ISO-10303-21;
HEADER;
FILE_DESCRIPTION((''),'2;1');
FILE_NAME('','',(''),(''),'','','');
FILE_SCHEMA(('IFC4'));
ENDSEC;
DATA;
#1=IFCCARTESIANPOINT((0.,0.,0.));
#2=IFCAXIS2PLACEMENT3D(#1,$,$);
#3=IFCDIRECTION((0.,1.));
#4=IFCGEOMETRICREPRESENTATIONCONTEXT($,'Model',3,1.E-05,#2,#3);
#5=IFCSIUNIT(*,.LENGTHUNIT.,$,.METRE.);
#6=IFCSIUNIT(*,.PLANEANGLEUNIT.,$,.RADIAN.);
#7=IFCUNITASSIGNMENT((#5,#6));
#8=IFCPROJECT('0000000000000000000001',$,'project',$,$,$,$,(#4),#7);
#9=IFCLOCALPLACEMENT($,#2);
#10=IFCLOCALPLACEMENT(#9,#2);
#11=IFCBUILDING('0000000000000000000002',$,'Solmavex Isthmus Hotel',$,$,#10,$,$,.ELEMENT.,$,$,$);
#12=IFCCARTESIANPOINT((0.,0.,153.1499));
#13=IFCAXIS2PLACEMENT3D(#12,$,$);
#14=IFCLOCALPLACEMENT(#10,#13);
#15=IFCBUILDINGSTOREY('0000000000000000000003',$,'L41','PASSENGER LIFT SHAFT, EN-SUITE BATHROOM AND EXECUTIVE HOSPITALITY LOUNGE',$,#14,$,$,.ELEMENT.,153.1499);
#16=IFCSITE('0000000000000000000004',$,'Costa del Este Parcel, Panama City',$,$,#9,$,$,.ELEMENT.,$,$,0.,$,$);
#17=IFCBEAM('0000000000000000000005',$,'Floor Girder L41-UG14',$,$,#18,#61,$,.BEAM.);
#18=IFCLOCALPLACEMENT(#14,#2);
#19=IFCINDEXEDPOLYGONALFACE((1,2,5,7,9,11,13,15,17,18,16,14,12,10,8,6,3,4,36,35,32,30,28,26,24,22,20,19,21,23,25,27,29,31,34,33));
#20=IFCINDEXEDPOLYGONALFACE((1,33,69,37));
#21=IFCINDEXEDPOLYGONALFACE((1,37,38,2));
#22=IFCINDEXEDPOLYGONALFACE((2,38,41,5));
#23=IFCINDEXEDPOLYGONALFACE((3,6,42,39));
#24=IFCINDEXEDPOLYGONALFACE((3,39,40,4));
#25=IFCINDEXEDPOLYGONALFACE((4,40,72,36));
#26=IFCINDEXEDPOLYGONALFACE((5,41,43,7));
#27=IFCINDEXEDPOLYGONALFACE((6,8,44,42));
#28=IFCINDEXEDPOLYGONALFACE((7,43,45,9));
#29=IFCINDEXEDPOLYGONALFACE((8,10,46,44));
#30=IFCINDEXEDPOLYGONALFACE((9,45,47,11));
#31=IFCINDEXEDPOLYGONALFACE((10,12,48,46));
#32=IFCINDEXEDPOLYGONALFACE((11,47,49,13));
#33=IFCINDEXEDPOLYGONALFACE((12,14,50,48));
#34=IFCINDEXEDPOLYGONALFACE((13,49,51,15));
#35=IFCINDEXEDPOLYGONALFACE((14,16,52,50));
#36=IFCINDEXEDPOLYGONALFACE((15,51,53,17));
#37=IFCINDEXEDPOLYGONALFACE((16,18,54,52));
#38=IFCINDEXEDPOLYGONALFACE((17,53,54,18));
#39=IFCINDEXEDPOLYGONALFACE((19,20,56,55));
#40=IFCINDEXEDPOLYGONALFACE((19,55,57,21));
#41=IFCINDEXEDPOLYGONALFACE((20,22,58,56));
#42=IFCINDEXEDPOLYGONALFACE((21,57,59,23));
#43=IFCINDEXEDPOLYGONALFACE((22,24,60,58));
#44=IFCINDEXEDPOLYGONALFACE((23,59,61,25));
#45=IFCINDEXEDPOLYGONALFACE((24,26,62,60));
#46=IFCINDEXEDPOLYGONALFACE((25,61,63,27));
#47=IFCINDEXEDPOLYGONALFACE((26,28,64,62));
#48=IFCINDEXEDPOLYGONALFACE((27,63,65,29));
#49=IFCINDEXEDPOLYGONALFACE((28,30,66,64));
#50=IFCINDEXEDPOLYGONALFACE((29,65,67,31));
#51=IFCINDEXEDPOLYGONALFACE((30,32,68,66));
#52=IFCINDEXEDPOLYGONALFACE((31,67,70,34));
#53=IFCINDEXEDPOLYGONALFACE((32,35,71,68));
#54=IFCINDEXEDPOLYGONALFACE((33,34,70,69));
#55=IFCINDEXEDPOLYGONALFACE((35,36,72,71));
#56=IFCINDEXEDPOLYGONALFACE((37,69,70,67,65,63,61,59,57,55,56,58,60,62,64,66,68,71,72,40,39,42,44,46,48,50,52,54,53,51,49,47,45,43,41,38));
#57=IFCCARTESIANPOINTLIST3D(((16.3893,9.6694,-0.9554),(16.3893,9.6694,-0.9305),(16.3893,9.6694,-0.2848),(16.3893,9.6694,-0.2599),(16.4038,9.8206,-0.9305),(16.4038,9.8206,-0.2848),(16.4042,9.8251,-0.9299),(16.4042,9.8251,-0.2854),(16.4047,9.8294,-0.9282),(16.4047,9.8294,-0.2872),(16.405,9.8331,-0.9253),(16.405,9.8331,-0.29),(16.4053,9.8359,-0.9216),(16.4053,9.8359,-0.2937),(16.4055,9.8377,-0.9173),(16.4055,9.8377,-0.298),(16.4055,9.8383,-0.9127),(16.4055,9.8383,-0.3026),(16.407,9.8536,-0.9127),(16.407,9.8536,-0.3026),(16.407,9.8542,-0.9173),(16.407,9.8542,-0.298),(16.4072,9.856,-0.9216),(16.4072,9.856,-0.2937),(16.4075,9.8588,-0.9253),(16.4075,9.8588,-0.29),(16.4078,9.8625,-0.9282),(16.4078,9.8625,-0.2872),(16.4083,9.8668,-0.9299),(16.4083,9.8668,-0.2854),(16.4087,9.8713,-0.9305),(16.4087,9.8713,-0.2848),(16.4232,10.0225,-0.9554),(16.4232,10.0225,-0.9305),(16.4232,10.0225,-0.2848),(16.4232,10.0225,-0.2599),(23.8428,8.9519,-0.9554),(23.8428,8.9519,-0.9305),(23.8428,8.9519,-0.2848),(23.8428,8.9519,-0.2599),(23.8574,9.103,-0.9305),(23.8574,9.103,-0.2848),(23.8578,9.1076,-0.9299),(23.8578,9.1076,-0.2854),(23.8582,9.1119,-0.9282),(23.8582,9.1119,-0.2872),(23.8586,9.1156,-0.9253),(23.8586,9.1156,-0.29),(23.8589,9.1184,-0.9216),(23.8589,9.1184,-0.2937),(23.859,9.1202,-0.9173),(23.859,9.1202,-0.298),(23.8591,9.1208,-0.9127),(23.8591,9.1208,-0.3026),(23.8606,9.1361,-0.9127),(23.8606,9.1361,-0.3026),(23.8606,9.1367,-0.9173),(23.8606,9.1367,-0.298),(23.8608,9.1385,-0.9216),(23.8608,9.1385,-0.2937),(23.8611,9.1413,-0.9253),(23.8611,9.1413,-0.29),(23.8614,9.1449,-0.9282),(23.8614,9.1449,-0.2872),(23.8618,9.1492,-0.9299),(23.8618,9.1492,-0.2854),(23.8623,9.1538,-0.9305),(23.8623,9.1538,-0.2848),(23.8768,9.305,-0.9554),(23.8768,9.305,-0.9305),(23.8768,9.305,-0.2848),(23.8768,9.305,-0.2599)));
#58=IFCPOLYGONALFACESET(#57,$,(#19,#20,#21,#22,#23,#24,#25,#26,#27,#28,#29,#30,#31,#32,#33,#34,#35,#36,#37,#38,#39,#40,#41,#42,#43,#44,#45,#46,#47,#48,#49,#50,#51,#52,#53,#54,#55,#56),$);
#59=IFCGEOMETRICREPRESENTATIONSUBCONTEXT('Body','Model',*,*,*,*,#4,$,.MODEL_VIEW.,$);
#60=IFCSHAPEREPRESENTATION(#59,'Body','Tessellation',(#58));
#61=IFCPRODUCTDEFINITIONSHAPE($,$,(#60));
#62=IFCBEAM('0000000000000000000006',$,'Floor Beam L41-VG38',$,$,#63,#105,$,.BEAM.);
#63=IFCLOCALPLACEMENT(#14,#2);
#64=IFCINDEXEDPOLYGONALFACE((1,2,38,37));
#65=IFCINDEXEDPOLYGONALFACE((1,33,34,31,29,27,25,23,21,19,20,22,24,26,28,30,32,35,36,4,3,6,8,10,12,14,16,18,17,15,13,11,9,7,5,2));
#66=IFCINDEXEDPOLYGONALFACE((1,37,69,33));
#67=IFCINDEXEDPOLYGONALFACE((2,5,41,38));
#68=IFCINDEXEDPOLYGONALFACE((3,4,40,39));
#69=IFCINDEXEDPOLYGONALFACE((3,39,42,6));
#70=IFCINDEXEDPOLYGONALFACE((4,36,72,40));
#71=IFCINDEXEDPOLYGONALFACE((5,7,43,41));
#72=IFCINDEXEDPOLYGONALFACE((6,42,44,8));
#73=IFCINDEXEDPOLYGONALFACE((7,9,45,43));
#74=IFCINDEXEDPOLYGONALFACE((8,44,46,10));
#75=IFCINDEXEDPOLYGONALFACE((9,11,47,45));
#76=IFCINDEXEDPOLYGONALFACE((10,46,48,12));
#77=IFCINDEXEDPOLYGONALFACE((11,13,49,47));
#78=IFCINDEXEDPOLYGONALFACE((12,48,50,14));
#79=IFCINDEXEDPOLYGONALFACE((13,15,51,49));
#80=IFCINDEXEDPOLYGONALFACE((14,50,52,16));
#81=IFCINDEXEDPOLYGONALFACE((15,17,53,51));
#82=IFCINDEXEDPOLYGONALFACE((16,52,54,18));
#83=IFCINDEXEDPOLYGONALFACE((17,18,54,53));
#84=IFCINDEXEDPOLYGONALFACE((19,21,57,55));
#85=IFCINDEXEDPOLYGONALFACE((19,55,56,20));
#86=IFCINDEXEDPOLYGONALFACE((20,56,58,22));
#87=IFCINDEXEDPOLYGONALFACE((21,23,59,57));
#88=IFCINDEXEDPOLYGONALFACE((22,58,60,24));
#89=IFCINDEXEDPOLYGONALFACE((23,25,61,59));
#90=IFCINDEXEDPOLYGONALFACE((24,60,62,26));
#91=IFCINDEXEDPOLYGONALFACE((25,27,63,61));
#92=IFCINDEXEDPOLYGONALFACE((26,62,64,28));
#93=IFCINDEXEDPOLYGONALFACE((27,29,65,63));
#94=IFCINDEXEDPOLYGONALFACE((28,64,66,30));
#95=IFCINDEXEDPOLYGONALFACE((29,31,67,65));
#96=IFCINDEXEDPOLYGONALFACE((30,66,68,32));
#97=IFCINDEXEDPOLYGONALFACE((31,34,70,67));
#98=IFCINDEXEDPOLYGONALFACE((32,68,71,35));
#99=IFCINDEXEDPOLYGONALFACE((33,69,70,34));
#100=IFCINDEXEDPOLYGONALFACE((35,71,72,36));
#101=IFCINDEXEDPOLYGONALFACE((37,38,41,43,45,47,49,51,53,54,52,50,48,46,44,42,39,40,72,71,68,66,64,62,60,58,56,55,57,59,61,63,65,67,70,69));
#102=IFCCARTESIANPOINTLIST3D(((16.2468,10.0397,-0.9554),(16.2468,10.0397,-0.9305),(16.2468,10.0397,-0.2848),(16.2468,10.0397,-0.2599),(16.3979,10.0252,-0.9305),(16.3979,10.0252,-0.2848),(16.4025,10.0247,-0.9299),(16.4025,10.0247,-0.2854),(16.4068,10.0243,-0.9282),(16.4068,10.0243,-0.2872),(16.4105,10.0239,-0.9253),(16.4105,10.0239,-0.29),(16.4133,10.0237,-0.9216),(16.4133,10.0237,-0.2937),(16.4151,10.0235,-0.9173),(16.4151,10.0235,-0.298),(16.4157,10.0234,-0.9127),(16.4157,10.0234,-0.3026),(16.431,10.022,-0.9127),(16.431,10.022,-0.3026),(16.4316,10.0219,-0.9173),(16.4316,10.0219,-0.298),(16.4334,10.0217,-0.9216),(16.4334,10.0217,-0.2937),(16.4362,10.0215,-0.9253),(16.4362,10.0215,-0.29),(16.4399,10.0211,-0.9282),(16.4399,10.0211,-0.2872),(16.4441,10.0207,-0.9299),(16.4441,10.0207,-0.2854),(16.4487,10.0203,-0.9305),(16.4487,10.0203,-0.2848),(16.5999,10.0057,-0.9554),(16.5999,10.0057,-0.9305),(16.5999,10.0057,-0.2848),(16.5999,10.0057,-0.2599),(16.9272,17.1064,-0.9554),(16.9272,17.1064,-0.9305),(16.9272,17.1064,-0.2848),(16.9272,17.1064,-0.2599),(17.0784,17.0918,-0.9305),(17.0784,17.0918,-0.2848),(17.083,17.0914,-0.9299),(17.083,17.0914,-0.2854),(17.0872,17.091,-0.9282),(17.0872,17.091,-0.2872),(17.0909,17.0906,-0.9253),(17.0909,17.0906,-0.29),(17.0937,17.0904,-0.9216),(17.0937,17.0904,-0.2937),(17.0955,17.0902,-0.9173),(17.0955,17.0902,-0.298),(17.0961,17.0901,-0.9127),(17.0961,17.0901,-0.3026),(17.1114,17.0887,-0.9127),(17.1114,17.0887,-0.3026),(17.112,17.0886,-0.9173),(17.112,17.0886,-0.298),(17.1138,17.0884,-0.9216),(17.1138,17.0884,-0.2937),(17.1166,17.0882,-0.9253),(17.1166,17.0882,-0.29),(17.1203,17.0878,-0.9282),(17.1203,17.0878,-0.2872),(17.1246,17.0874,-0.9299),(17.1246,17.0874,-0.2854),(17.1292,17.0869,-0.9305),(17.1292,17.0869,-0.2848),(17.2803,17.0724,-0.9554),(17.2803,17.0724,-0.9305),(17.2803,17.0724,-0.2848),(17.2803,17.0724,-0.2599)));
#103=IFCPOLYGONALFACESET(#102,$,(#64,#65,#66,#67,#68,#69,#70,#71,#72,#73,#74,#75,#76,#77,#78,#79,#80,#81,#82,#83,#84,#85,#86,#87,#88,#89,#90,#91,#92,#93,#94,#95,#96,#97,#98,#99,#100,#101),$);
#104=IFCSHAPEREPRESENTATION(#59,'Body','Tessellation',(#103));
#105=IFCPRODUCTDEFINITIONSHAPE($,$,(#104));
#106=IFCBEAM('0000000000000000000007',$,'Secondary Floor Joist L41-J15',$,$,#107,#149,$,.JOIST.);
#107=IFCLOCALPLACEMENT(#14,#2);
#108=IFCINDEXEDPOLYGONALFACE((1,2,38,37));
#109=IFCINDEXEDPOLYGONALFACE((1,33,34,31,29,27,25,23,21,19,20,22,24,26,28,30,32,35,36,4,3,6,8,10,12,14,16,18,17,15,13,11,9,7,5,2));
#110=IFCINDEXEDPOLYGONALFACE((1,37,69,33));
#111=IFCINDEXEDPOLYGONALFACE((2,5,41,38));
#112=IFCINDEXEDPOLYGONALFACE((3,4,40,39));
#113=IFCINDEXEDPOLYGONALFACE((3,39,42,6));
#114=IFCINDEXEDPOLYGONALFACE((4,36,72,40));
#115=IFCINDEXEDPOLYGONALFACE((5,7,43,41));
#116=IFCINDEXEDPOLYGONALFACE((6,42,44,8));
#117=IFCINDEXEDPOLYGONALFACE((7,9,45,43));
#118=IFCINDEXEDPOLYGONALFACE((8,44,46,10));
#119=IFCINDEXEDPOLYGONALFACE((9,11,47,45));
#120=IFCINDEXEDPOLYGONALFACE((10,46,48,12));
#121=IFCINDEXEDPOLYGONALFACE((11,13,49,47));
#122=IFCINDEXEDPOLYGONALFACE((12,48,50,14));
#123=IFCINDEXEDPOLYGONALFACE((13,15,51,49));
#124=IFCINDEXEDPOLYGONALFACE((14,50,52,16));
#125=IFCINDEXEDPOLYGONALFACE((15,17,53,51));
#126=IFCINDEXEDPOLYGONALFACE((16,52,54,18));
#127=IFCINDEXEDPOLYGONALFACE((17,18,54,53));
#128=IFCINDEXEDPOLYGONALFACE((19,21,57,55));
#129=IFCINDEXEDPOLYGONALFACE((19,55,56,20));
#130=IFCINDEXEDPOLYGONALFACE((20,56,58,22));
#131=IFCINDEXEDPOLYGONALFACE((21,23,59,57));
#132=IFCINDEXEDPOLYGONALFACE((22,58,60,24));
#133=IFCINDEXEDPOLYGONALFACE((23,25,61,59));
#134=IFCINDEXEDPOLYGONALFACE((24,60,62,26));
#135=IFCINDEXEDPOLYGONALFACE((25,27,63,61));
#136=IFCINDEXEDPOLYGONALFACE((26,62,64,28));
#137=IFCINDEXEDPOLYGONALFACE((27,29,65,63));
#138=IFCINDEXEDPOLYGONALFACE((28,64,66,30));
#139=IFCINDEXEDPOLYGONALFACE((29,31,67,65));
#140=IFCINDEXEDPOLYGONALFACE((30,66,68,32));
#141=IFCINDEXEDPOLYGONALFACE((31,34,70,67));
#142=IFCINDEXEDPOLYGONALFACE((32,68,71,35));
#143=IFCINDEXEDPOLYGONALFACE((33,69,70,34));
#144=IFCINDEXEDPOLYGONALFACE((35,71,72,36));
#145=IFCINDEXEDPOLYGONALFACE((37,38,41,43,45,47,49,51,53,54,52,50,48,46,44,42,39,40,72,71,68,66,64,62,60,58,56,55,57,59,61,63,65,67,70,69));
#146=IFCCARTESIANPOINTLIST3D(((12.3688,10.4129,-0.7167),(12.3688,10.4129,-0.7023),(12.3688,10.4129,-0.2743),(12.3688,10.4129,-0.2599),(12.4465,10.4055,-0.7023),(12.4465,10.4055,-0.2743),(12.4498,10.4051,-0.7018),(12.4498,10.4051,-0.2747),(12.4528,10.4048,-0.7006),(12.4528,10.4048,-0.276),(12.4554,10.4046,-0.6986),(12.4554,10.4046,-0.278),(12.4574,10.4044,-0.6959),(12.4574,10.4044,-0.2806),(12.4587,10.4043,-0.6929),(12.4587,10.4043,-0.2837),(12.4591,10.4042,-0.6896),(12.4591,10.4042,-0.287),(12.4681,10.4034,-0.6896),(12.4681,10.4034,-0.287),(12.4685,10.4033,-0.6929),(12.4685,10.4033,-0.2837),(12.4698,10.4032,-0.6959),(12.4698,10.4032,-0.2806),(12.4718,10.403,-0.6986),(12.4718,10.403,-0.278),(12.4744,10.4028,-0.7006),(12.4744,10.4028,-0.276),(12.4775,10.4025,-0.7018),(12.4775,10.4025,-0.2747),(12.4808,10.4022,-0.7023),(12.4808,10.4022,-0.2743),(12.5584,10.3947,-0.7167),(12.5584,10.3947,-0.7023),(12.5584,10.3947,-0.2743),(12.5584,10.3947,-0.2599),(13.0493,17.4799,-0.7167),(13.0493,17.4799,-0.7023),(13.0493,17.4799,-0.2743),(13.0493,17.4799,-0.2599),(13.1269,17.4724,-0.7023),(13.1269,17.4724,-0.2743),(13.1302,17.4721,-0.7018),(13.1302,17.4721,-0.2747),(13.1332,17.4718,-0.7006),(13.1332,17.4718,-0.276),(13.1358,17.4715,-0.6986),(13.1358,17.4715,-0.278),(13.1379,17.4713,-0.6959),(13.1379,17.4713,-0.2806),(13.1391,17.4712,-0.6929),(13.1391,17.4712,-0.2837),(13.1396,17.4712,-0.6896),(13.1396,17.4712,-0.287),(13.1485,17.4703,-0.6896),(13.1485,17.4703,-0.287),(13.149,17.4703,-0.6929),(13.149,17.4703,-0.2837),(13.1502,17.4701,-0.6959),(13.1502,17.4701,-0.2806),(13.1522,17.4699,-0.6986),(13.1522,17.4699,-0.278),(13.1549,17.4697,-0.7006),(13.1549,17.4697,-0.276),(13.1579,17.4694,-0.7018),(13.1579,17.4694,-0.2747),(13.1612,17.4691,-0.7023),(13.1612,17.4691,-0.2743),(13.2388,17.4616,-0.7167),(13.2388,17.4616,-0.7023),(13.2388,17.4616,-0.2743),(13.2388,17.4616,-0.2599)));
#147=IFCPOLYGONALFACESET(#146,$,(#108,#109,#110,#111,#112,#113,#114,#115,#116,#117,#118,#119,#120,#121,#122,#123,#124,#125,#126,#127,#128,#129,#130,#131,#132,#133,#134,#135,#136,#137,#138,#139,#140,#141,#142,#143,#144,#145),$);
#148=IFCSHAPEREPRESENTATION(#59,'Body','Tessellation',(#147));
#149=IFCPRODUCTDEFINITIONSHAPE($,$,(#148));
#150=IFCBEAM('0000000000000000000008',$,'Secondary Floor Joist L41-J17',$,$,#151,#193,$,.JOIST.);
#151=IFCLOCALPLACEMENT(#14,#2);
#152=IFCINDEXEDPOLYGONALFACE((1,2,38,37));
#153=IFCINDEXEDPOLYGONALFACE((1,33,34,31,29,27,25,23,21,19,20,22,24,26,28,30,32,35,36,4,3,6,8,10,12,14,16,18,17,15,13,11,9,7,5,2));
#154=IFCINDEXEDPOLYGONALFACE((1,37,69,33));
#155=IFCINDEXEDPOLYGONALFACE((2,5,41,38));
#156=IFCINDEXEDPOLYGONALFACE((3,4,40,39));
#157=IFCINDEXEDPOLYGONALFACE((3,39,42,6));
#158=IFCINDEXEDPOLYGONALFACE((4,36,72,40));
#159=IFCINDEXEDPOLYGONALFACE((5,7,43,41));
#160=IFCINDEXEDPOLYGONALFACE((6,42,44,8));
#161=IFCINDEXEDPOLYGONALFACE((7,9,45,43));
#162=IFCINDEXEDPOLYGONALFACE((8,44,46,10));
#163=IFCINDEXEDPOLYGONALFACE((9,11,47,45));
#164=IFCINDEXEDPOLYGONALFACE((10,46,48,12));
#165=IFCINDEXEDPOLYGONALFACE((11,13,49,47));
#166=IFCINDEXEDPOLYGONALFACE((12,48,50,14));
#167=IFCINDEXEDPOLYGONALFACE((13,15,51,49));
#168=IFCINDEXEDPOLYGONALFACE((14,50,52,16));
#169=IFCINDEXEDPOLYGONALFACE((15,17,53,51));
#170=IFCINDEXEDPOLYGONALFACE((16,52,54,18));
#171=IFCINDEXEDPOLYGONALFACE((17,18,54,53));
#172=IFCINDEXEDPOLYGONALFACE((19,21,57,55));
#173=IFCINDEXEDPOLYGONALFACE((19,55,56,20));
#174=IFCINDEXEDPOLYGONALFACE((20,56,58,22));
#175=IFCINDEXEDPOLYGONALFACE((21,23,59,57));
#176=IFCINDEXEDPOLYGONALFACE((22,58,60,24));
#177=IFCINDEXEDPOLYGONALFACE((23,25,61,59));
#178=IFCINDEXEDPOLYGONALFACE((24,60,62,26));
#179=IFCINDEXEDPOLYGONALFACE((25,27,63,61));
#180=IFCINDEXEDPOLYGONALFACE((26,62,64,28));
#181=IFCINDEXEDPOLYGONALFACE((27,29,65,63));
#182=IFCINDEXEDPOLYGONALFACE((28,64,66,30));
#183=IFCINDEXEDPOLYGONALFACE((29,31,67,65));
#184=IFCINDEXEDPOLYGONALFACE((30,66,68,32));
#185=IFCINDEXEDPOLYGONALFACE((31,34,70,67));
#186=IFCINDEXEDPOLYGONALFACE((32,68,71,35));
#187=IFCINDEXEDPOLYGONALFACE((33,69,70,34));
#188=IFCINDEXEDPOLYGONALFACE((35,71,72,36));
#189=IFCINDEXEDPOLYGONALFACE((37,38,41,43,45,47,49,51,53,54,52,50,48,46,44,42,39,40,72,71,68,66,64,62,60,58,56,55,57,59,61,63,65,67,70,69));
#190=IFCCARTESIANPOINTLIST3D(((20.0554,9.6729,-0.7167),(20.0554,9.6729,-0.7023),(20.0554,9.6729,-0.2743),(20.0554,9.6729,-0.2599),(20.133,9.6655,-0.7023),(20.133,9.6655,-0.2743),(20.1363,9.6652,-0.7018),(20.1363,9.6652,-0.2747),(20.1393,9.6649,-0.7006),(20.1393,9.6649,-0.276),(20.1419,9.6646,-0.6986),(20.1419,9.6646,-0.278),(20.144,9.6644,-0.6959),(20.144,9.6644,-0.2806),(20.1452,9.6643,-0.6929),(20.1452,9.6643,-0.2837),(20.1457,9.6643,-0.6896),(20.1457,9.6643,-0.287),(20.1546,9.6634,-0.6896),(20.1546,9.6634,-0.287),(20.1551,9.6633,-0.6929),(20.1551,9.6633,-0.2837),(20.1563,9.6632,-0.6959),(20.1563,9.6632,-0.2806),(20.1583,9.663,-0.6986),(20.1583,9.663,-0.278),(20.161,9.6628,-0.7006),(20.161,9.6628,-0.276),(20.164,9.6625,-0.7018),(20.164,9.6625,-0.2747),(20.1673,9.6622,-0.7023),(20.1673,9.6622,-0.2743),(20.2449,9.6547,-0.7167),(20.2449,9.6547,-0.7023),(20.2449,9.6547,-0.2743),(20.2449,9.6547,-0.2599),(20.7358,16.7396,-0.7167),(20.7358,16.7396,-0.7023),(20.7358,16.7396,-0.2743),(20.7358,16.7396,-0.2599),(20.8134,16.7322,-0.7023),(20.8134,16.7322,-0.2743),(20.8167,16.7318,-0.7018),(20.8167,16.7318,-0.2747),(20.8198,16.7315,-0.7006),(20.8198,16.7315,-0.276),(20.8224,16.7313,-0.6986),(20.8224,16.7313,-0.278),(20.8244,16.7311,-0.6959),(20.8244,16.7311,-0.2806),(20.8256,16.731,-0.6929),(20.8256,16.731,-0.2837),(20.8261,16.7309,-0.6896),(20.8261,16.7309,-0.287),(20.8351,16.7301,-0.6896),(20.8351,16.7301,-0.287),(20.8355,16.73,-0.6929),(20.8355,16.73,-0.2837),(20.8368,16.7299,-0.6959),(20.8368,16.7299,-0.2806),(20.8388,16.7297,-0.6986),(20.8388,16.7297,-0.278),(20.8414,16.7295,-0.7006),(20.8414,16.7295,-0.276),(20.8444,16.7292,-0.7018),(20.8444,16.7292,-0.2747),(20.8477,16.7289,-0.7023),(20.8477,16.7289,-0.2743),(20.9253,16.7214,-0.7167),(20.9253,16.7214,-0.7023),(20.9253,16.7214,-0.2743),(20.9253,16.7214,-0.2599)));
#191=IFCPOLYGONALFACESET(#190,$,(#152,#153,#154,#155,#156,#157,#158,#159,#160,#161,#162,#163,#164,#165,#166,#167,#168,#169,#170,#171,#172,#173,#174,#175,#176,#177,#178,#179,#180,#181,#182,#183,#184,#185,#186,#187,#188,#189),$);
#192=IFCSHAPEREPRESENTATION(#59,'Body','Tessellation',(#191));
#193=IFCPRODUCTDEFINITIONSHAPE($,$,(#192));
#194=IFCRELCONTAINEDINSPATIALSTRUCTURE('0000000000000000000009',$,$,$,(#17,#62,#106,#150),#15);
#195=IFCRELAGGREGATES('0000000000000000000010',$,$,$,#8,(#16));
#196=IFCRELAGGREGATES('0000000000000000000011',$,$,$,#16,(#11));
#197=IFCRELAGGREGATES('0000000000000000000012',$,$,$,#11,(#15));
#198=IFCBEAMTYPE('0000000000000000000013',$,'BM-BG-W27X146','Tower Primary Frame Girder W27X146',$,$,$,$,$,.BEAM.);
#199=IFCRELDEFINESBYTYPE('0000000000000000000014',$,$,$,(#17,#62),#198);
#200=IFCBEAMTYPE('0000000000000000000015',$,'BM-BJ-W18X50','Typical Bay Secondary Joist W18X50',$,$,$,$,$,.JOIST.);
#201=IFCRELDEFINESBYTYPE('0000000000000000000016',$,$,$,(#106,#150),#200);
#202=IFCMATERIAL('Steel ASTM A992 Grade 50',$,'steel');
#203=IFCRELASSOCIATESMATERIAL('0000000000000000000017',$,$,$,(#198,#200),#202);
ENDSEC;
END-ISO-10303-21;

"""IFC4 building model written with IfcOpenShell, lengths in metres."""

from ifc_helpers import new_model, si_unit, direction, frame, origin, origin_2d, place, context, subcontext, project, spatial, i_section, extrude, material, material_profile, profile_set, type_object, element, save


model = new_model("IFC4")

# Units and contexts
model_context = context("Model", 3, precision=1e-05, world=origin(), true_north=direction((0.0, 1.0)))
body_context = subcontext(model_context, "Body", "Model", "MODEL_VIEW")
ifc_project = project(units=[si_unit("LENGTHUNIT", "METRE"), si_unit("PLANEANGLEUNIT", "RADIAN")], contexts=[model_context])

# Site, building, storey
site_placement = place(None, origin())
site = spatial("IfcSite", under=ifc_project, at=site_placement, Name="Costa del Este Parcel, Panama City", CompositionType="ELEMENT", RefElevation=0.0)
building_placement = place(site_placement, origin())
building = spatial("IfcBuilding", under=site, at=building_placement, Name="Solmavex Isthmus Hotel", CompositionType="ELEMENT")
storey_placement = place(building_placement, frame((0.0, 0.0, 153.1499)))
storey = spatial("IfcBuildingStorey", under=building, at=storey_placement, Name="L41", Description="PASSENGER LIFT SHAFT, EN-SUITE BATHROOM AND EXECUTIVE HOSPITALITY LOUNGE", CompositionType="ELEMENT", Elevation=153.1499)

# Beams
ifc_material_1 = material(Name="Steel ASTM A992 Grade 50", Category="steel")
ifc_material_profile_1 = material_profile(ifc_material_1, i_section(OverallWidth=0.3547, OverallDepth=0.6956, WebThickness=0.0154, FlangeThickness=0.0249, FilletRadius=0.0178, at=origin_2d()), Name="W27X146")
ifc_profile_set_1 = profile_set([ifc_material_profile_1], Name="Steel ASTM A992 Grade 50")
beam_type_1 = type_object("IfcBeamType", Name="BM-BG-W27X146", Description="Tower Primary Frame Girder W27X146", PredefinedType="BEAM", material=ifc_profile_set_1)
beam_1_placement = place(storey_placement, frame((16.4062, 9.8459, -0.6077), z_axis=(0.995398, -0.095823, 0.0), x_axis=(0.095823, 0.995398, 0.0)))
element("IfcBeam", 1, at=beam_1_placement, inside=storey, type_object=beam_type_1, Name="Floor Girder L41-UG14", PredefinedType="BEAM", context=body_context, shape_type="SweptSolid", body=[
    extrude(i_section(OverallWidth=0.3547, OverallDepth=0.6956, WebThickness=0.0154, FlangeThickness=0.0249, FilletRadius=0.0178, at=origin_2d()), origin(), (0.0, 0.0, 1.0), 7.488),
])
beam_2_placement = place(storey_placement, frame((16.4233, 10.0227, -0.6077), z_axis=(0.095843, 0.995396, 0.0), x_axis=(-0.995396, 0.095843, 0.0)))
element("IfcBeam", 2, at=beam_2_placement, inside=storey, type_object=beam_type_1, Name="Floor Beam L41-VG38", PredefinedType="BEAM", context=body_context, shape_type="SweptSolid", body=[
    extrude(i_section(OverallWidth=0.3547, OverallDepth=0.6956, WebThickness=0.0154, FlangeThickness=0.0249, FilletRadius=0.0178, at=origin_2d()), origin(), (0.0, 0.0, 1.0), 7.0994),
])
ifc_material_profile_2 = material_profile(ifc_material_1, i_section(OverallWidth=0.1904, OverallDepth=0.4568, WebThickness=0.009, FlangeThickness=0.0144, FilletRadius=0.0127, at=origin_2d()), Name="W18X50")
ifc_profile_set_2 = profile_set([ifc_material_profile_2], Name="Steel ASTM A992 Grade 50")
beam_type_2 = type_object("IfcBeamType", Name="BM-BJ-W18X50", Description="Typical Bay Secondary Joist W18X50", PredefinedType="JOIST", material=ifc_profile_set_2)
beam_3_placement = place(storey_placement, frame((12.4636, 10.4038, -0.4883), z_axis=(0.09584, 0.995397, 0.0), x_axis=(-0.995397, 0.09584, 0.0)))
element("IfcBeam", 3, at=beam_3_placement, inside=storey, type_object=beam_type_2, Name="Secondary Floor Joist L41-J15", PredefinedType="JOIST", context=body_context, shape_type="SweptSolid", body=[
    extrude(i_section(OverallWidth=0.1904, OverallDepth=0.4568, WebThickness=0.009, FlangeThickness=0.0144, FilletRadius=0.0127, at=origin_2d()), origin(), (0.0, 0.0, 1.0), 7.0996),
])
beam_4_placement = place(storey_placement, frame((20.1501, 9.6638, -0.4883), z_axis=(0.095843, 0.995396, 0.0), x_axis=(-0.995396, 0.095843, 0.0)))
element("IfcBeam", 4, at=beam_4_placement, inside=storey, type_object=beam_type_2, Name="Secondary Floor Joist L41-J17", PredefinedType="JOIST", context=body_context, shape_type="SweptSolid", body=[
    extrude(i_section(OverallWidth=0.1904, OverallDepth=0.4568, WebThickness=0.009, FlangeThickness=0.0144, FilletRadius=0.0127, at=origin_2d()), origin(), (0.0, 0.0, 1.0), 7.0994),
])

save(model, "model.ifc")
